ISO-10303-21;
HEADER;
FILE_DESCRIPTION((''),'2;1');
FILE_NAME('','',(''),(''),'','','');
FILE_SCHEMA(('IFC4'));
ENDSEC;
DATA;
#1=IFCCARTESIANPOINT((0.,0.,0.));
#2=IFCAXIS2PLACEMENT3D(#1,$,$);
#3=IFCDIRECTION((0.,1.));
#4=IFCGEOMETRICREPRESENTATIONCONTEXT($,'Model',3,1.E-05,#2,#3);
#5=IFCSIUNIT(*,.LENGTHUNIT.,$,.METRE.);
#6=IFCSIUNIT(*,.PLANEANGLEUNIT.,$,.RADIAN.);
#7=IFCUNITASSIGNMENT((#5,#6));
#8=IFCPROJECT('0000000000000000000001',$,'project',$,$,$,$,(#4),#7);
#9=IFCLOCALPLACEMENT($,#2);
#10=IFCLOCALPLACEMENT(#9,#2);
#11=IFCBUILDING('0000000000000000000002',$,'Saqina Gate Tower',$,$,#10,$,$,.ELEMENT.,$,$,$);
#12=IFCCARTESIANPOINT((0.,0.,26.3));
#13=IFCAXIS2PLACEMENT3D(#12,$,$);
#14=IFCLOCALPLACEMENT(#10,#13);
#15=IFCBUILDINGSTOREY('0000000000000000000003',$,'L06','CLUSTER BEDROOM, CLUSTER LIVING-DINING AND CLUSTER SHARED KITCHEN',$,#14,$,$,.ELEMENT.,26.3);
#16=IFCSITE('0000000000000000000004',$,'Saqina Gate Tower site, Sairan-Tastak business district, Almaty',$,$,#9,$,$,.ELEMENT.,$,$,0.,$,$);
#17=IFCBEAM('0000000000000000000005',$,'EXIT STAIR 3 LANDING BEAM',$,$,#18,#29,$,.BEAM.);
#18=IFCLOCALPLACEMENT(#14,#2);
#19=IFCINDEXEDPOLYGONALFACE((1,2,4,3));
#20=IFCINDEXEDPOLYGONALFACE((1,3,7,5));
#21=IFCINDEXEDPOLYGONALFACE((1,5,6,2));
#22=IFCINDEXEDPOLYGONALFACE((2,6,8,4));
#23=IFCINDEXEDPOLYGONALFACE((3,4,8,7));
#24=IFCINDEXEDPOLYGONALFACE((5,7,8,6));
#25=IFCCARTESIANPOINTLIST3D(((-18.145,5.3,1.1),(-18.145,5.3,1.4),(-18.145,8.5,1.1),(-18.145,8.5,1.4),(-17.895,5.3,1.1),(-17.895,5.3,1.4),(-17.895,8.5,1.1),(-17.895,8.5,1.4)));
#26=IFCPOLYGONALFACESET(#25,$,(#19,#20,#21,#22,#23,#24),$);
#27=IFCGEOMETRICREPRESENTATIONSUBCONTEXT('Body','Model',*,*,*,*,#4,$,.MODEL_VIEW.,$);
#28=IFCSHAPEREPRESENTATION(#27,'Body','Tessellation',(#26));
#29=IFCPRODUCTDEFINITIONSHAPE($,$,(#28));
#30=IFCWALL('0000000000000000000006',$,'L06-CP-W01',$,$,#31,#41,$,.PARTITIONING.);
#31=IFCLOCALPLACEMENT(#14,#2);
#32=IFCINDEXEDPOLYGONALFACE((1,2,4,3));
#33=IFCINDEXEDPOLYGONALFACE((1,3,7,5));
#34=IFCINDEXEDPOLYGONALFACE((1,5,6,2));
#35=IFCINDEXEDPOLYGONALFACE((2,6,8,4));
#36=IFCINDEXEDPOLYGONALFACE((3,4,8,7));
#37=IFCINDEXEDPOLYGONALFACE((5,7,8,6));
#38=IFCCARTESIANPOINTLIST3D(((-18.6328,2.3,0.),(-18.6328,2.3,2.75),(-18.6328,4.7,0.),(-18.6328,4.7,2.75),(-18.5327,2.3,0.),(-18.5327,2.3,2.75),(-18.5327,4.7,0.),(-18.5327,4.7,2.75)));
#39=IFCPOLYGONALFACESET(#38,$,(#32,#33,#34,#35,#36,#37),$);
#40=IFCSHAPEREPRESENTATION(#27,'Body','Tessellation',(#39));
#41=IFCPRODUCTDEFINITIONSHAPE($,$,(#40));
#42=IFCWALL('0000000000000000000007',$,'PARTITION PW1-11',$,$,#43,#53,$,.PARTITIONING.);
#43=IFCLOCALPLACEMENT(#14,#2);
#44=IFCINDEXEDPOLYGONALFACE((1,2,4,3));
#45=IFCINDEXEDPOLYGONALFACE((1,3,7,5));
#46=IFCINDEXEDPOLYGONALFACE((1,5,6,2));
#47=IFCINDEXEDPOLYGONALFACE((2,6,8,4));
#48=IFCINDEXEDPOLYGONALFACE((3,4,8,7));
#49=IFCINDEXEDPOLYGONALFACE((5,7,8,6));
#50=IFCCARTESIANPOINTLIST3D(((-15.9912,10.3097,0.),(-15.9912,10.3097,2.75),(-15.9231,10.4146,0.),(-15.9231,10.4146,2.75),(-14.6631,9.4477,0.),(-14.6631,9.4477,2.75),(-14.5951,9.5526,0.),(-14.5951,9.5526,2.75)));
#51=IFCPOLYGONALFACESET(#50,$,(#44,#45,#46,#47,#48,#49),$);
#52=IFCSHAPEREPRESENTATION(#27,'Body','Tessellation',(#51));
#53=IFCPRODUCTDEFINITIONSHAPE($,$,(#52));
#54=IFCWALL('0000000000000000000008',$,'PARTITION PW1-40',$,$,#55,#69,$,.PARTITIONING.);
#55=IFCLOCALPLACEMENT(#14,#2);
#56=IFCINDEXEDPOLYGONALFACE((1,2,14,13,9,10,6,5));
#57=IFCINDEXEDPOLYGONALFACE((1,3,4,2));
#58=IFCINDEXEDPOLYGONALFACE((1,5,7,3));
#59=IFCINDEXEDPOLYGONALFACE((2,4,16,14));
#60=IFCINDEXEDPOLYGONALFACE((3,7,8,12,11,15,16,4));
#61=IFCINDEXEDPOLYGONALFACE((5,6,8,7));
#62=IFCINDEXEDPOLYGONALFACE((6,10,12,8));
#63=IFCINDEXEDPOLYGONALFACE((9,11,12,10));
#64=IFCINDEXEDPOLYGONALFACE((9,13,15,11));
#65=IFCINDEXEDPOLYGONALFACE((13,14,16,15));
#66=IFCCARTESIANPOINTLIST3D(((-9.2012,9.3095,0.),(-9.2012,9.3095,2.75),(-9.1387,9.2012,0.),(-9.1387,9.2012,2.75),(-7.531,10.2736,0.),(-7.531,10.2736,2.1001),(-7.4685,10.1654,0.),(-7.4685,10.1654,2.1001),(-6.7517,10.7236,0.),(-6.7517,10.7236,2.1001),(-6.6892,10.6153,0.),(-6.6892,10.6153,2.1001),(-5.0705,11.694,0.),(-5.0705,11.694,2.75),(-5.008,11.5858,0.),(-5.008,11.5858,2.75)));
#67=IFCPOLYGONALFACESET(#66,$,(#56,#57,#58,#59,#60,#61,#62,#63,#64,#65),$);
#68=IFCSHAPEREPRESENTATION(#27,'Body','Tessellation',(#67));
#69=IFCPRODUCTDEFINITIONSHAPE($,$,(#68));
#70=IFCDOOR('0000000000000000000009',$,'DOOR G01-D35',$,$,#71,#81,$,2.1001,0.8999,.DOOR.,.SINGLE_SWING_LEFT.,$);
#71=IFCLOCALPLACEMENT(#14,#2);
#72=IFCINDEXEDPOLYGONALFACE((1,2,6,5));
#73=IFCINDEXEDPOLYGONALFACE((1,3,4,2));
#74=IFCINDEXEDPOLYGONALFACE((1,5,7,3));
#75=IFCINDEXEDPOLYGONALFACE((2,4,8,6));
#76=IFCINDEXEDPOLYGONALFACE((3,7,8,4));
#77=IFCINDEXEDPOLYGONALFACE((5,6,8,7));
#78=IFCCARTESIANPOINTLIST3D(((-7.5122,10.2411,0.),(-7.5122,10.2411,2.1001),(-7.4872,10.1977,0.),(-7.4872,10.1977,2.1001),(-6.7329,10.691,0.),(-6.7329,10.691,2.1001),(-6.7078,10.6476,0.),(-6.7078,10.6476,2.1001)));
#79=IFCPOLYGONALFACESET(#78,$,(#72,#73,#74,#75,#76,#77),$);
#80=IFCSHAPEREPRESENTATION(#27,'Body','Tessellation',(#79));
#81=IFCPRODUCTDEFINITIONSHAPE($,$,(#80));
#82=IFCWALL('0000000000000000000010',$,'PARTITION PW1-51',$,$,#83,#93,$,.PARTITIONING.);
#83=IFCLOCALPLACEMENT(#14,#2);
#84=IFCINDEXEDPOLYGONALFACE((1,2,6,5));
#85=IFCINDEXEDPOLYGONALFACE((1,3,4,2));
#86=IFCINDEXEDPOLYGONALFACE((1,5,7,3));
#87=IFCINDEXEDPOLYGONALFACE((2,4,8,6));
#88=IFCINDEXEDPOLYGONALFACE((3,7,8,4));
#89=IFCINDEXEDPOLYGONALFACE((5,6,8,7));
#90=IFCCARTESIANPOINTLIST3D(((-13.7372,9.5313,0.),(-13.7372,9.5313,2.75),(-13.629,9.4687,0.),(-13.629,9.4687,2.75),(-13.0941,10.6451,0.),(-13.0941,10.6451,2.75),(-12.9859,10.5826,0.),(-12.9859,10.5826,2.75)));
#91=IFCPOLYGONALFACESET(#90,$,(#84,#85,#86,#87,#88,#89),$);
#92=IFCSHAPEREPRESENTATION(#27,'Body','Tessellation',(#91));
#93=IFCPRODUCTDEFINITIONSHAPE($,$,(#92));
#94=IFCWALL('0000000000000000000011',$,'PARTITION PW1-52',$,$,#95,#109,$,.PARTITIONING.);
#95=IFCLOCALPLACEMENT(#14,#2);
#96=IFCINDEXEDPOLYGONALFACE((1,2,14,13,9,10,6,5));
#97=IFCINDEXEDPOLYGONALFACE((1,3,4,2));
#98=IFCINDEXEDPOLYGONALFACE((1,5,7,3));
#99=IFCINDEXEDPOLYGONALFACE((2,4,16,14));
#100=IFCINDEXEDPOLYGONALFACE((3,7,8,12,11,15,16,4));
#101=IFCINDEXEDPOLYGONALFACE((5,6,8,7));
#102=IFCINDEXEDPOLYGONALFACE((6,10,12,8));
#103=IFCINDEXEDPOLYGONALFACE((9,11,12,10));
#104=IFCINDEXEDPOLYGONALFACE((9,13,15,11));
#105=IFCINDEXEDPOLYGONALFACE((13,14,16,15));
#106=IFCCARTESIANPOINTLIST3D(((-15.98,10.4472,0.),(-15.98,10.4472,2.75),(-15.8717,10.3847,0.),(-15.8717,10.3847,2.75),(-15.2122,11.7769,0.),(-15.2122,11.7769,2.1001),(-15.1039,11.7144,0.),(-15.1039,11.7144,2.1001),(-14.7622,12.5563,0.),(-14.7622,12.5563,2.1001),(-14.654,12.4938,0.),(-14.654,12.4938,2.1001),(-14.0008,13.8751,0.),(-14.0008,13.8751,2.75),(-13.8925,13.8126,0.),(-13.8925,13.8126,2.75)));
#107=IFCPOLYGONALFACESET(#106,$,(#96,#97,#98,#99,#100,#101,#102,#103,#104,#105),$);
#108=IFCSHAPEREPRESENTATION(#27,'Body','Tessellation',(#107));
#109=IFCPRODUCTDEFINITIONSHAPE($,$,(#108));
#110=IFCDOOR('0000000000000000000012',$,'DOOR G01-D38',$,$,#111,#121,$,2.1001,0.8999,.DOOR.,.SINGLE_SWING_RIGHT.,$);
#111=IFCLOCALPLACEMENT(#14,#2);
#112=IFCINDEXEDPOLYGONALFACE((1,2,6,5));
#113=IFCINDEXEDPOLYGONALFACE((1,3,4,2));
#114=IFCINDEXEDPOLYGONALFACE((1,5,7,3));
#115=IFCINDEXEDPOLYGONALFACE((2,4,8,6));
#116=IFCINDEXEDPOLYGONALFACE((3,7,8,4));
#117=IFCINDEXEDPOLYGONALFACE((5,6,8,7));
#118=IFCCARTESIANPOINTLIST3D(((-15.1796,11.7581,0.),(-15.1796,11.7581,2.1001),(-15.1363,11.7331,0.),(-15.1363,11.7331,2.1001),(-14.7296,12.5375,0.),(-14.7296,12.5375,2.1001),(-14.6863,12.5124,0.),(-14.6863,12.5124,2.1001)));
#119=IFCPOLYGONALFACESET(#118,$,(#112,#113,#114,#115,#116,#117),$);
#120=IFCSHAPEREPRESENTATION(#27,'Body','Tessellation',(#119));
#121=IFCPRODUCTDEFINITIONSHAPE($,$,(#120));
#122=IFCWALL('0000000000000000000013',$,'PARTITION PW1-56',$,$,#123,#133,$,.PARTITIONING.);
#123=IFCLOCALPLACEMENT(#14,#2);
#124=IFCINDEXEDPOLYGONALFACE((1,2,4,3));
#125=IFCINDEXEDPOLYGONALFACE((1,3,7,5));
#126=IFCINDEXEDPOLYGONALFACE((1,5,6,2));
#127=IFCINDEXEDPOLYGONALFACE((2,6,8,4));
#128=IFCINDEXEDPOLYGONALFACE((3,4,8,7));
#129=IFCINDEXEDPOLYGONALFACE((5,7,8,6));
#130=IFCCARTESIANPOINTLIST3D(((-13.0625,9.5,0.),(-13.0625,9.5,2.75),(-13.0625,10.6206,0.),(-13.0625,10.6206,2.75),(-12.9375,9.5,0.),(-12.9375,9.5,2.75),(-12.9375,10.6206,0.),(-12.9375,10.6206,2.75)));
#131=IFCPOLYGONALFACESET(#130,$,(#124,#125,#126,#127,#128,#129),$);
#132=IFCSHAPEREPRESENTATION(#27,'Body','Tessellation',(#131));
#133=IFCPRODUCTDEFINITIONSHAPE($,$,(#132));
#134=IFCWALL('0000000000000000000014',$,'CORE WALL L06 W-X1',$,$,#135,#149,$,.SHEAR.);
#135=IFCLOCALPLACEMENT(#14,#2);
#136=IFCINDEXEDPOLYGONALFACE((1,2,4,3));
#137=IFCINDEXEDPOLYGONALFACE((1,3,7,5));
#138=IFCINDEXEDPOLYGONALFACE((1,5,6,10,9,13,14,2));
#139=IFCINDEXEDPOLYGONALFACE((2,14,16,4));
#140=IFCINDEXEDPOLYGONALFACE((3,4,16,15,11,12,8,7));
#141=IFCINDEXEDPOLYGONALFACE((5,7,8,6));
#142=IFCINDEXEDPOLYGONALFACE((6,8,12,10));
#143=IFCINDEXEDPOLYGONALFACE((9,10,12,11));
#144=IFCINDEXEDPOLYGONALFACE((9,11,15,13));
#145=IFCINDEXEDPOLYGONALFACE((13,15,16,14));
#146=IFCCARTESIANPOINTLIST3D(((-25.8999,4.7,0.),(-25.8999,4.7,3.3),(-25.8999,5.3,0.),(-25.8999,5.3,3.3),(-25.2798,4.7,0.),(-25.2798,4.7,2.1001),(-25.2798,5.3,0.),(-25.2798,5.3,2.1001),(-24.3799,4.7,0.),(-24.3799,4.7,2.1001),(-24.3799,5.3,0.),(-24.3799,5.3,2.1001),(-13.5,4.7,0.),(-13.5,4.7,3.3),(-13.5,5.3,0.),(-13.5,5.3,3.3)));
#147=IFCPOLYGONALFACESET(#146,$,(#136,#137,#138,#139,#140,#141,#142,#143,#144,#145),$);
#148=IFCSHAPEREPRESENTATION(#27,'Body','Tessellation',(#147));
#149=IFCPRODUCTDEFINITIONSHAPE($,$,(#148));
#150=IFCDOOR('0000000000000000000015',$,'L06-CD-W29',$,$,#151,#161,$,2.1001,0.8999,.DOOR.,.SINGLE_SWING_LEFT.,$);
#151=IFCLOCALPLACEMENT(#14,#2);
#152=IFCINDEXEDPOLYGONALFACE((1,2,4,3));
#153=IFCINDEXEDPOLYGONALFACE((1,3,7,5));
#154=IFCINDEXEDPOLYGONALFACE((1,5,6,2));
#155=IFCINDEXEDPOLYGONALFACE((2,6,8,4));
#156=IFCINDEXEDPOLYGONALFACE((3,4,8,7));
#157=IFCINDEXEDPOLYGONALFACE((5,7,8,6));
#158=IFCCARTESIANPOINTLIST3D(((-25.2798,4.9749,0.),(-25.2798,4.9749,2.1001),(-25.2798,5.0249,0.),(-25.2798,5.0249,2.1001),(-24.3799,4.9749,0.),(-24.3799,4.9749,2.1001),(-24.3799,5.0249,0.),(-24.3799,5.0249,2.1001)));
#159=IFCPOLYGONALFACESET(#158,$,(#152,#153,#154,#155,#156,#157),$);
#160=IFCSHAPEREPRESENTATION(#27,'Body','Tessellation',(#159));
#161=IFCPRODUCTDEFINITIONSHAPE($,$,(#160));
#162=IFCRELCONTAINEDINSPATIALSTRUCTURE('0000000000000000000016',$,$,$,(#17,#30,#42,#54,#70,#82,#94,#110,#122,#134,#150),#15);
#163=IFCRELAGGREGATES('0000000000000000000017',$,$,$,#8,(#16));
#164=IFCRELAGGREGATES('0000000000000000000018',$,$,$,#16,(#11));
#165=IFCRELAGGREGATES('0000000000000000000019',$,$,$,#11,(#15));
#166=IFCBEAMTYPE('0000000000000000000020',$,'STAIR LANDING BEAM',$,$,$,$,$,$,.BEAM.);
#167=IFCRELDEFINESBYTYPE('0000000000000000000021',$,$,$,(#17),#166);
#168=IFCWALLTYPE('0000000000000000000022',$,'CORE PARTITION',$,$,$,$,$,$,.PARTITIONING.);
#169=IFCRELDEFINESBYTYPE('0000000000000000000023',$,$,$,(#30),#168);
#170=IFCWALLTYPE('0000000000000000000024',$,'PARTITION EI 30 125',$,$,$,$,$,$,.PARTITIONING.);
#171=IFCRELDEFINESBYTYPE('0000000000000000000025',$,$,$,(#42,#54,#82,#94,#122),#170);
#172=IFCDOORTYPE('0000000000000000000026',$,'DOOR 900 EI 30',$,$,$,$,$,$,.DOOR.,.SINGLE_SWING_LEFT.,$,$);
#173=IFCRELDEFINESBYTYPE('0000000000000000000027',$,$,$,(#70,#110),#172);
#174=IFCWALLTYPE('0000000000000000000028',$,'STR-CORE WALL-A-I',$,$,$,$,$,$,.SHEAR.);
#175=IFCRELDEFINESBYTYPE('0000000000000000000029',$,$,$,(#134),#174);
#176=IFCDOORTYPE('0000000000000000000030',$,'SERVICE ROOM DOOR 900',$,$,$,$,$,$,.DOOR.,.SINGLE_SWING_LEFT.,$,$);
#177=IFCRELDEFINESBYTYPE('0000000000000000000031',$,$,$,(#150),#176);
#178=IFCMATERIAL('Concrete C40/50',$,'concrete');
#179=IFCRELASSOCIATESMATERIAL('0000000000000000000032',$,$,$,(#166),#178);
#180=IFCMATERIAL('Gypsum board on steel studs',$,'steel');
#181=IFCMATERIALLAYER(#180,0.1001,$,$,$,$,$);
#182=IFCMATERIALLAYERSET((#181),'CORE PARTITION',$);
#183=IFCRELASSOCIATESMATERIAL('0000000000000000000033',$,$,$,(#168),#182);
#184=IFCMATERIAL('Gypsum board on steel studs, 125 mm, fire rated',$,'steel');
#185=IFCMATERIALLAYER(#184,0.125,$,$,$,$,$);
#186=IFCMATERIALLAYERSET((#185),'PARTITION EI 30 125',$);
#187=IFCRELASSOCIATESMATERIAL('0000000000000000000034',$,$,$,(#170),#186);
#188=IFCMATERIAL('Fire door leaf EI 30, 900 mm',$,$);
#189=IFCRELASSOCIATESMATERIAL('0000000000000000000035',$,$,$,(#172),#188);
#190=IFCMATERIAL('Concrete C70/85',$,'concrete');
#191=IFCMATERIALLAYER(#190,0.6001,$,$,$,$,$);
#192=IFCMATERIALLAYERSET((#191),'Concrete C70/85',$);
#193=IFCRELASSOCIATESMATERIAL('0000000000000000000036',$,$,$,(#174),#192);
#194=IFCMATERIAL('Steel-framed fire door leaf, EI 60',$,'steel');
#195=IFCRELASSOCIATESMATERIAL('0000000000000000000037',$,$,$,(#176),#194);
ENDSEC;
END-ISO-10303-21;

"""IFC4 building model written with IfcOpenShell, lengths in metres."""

from ifc_helpers import new_model, si_unit, direction, frame, frame_2d, origin, origin_2d, place, context, subcontext, project, spatial, rectangle, extrude, material, layer, layer_set, material_profile, profile_set, type_object, element, fill, save


model = new_model("IFC4")

# Units and contexts
model_context = context("Model", 3, precision=1e-05, world=origin(), true_north=direction((0.0, 1.0)))
body_context = subcontext(model_context, "Body", "Model", "MODEL_VIEW")
ifc_project = project(units=[si_unit("LENGTHUNIT", "METRE"), si_unit("PLANEANGLEUNIT", "RADIAN")], contexts=[model_context])

# Site, building, storey
site_placement = place(None, origin())
site = spatial("IfcSite", under=ifc_project, at=site_placement, Name="Saqina Gate Tower site, Sairan-Tastak business district, Almaty", CompositionType="ELEMENT", RefElevation=0.0)
building_placement = place(site_placement, origin())
building = spatial("IfcBuilding", under=site, at=building_placement, Name="Saqina Gate Tower", CompositionType="ELEMENT")
storey_placement = place(building_placement, frame((0.0, 0.0, 26.3)))
storey = spatial("IfcBuildingStorey", under=building, at=storey_placement, Name="L06", Description="CLUSTER BEDROOM, CLUSTER LIVING-DINING AND CLUSTER SHARED KITCHEN", CompositionType="ELEMENT", Elevation=26.3)

# Beam
ifc_material_1 = material(Name="Concrete C40/50", Category="concrete")
ifc_material_profile = material_profile(ifc_material_1, rectangle(XDim=0.25, YDim=0.3, at=origin_2d()), Name="STAIR LANDING BEAM")
ifc_profile_set = profile_set([ifc_material_profile], Name="Concrete C40/50")
beam_type = type_object("IfcBeamType", Name="STAIR LANDING BEAM", PredefinedType="BEAM", material=ifc_profile_set)
beam_placement = place(storey_placement, frame((-18.02, 5.3, 1.25), z_axis=(0.0, 1.0, 0.0), x_axis=(-1.0, 0.0, 0.0)))
element("IfcBeam", 1, at=beam_placement, inside=storey, type_object=beam_type, Name="EXIT STAIR 3 LANDING BEAM", PredefinedType="BEAM", context=body_context, shape_type="SweptSolid", body=[
    extrude(rectangle(XDim=0.25, YDim=0.3, at=origin_2d()), origin(), (0.0, 0.0, 1.0), 3.2),
])

# Walls
ifc_material_2 = material(Name="Gypsum board on steel studs", Category="steel")
ifc_layer_1 = layer(ifc_material_2, 0.1001)
ifc_layer_set_1 = layer_set([ifc_layer_1], Name="CORE PARTITION")
wall_type_1 = type_object("IfcWallType", Name="CORE PARTITION", PredefinedType="PARTITIONING", material=ifc_layer_set_1)
wall_1_placement = place(storey_placement, frame((-18.5828, 2.3, 0.0), z_axis=(0.0, 0.0, 1.0), x_axis=(0.0, 1.0, 0.0)))
element("IfcWall", 2, at=wall_1_placement, inside=storey, type_object=wall_type_1, Name="L06-CP-W01", PredefinedType="PARTITIONING", context=body_context, shape_type="SweptSolid", body=[
    extrude(rectangle(XDim=2.3999, YDim=0.1001, at=frame_2d((1.2, 0.0))), origin(), (0.0, 0.0, 1.0), 2.75),
])
ifc_material_3 = material(Name="Gypsum board on steel studs, 125 mm, fire rated", Category="steel")
ifc_layer_2 = layer(ifc_material_3, 0.125)
ifc_layer_set_2 = layer_set([ifc_layer_2], Name="PARTITION EI 30 125")
wall_type_2 = type_object("IfcWallType", Name="PARTITION EI 30 125", PredefinedType="PARTITIONING", material=ifc_layer_set_2)
wall_2_placement = place(storey_placement, frame((-15.957, 10.3621, 0.0), z_axis=(0.0, 0.0, 1.0), x_axis=(0.838796, -0.544446, 0.0)))
element("IfcWall", 3, at=wall_2_placement, inside=storey, type_object=wall_type_2, Name="PARTITION PW1-11", PredefinedType="PARTITIONING", context=body_context, shape_type="SweptSolid", body=[
    extrude(rectangle(XDim=1.5833, YDim=0.125, at=frame_2d((0.7915, 0.0))), origin(), (0.0, 0.0, 1.0), 2.75),
])

# Wall, opening, door
wall_3_placement = place(storey_placement, frame((-9.1699, 9.2554, 0.0), z_axis=(0.0, 0.0, 1.0), x_axis=(0.866052, 0.499954, 0.0)))
wall_3 = element("IfcWall", 4, at=wall_3_placement, inside=storey, type_object=wall_type_2, Name="PARTITION PW1-40", PredefinedType="PARTITIONING", context=body_context, shape_type="SweptSolid", body=[
    extrude(rectangle(XDim=4.7695, YDim=0.125, at=frame_2d((2.3848, 0.0))), origin(), (0.0, 0.0, 1.0), 2.75),
])
opening_1_placement = place(wall_3_placement, frame((1.9285, 0.0, 0.0)))
opening_1 = element("IfcOpeningElement", 5, at=opening_1_placement, cuts=wall_3, PredefinedType="OPENING", context=body_context, shape_type="SweptSolid", body=[
    extrude(rectangle(XDim=0.8999, YDim=2.1001, at=frame_2d((0.45, 1.05))), frame((0.0, 0.0745, 0.0), z_axis=(0.0, -1.0, 0.0), x_axis=(1.0, 0.0, 0.0)), (0.0, 0.0, 1.0), 0.1489),
])
ifc_material_4 = material(Name="Fire door leaf EI 30, 900 mm")
door_type_1 = type_object("IfcDoorType", Name="DOOR 900 EI 30", OperationType="SINGLE_SWING_LEFT", PredefinedType="DOOR", material=ifc_material_4)
door_1_placement = place(opening_1_placement, origin())
door_1 = element("IfcDoor", 6, at=door_1_placement, inside=storey, type_object=door_type_1, Name="DOOR G01-D35", OperationType="SINGLE_SWING_LEFT", OverallHeight=2.1001, OverallWidth=0.8999, PredefinedType="DOOR", context=body_context, shape_type="SweptSolid", body=[
    extrude(rectangle(XDim=0.8999, YDim=2.1001, at=frame_2d((0.45, 1.05))), frame((0.0, 0.0249, 0.0), z_axis=(0.0, -1.0, 0.0), x_axis=(1.0, 0.0, 0.0)), (0.0, 0.0, 1.0), 0.05),
])
fill(opening_1, door_1)

# Wall
wall_4_placement = place(storey_placement, frame((-13.6831, 9.5, 0.0), z_axis=(0.0, 0.0, 1.0), x_axis=(0.500018, 0.866015, 0.0)))
element("IfcWall", 7, at=wall_4_placement, inside=storey, type_object=wall_type_2, Name="PARTITION PW1-51", PredefinedType="PARTITIONING", context=body_context, shape_type="SweptSolid", body=[
    extrude(rectangle(XDim=1.2861, YDim=0.125, at=frame_2d((0.6431, 0.0))), origin(), (0.0, 0.0, 1.0), 2.75),
])

# Wall, opening, door
wall_5_placement = place(storey_placement, frame((-15.9258, 10.416, 0.0), z_axis=(0.0, 0.0, 1.0), x_axis=(0.50002, 0.866014, 0.0)))
wall_5 = element("IfcWall", 8, at=wall_5_placement, inside=storey, type_object=wall_type_2, Name="PARTITION PW1-52", PredefinedType="PARTITIONING", context=body_context, shape_type="SweptSolid", body=[
    extrude(rectangle(XDim=3.9583, YDim=0.125, at=frame_2d((1.979, 0.0))), origin(), (0.0, 0.0, 1.0), 2.75),
])
opening_2_placement = place(wall_5_placement, frame((1.5354, 0.0, 0.0)))
opening_2 = element("IfcOpeningElement", 9, at=opening_2_placement, cuts=wall_5, PredefinedType="OPENING", context=body_context, shape_type="SweptSolid", body=[
    extrude(rectangle(XDim=0.8999, YDim=2.1001, at=frame_2d((0.45, 1.05))), frame((0.0, 0.0745, 0.0), z_axis=(0.0, -1.0, 0.0), x_axis=(1.0, 0.0, 0.0)), (0.0, 0.0, 1.0), 0.1489),
])
door_2_placement = place(opening_2_placement, origin())
door_2 = element("IfcDoor", 10, at=door_2_placement, inside=storey, type_object=door_type_1, Name="DOOR G01-D38", OperationType="SINGLE_SWING_RIGHT", OverallHeight=2.1001, OverallWidth=0.8999, PredefinedType="DOOR", context=body_context, shape_type="SweptSolid", body=[
    extrude(rectangle(XDim=0.8999, YDim=2.1001, at=frame_2d((0.45, 1.05))), frame((0.0, 0.0249, 0.0), z_axis=(0.0, -1.0, 0.0), x_axis=(1.0, 0.0, 0.0)), (0.0, 0.0, 1.0), 0.05),
])
fill(opening_2, door_2)

# Wall
wall_6_placement = place(storey_placement, frame((-13.0, 9.5, 0.0), z_axis=(0.0, 0.0, 1.0), x_axis=(0.0, 1.0, 0.0)))
element("IfcWall", 11, at=wall_6_placement, inside=storey, type_object=wall_type_2, Name="PARTITION PW1-56", PredefinedType="PARTITIONING", context=body_context, shape_type="SweptSolid", body=[
    extrude(rectangle(XDim=1.1206, YDim=0.125, at=frame_2d((0.5603, 0.0))), origin(), (0.0, 0.0, 1.0), 2.75),
])

# Wall, opening, door
ifc_material_5 = material(Name="Concrete C70/85", Category="concrete")
ifc_layer_3 = layer(ifc_material_5, 0.6001)
ifc_layer_set_3 = layer_set([ifc_layer_3], Name="Concrete C70/85")
wall_type_3 = type_object("IfcWallType", Name="STR-CORE WALL-A-I", PredefinedType="SHEAR", material=ifc_layer_set_3)
wall_7_placement = place(storey_placement, frame((-13.5, 5.0, 0.0), z_axis=(0.0, 0.0, 1.0), x_axis=(-1.0, 0.0, 0.0)))
wall_7 = element("IfcWall", 12, at=wall_7_placement, inside=storey, type_object=wall_type_3, Name="CORE WALL L06 W-X1", PredefinedType="SHEAR", context=body_context, shape_type="SweptSolid", body=[
    extrude(rectangle(XDim=12.3999, YDim=0.6001, at=frame_2d((6.2, 0.0))), origin(), (0.0, 0.0, 1.0), 3.3),
])
opening_3_placement = place(wall_7_placement, frame((10.8799, 0.0, 0.0)))
opening_3 = element("IfcOpeningElement", 13, at=opening_3_placement, cuts=wall_7, PredefinedType="OPENING", context=body_context, shape_type="SweptSolid", body=[
    extrude(rectangle(XDim=0.8999, YDim=2.1001, at=frame_2d((0.45, 1.05))), frame((0.0, 0.312, 0.0), z_axis=(0.0, -1.0, 0.0), x_axis=(1.0, 0.0, 0.0)), (0.0, 0.0, 1.0), 0.624),
])
ifc_material_6 = material(Name="Steel-framed fire door leaf, EI 60", Category="steel")
door_type_2 = type_object("IfcDoorType", Name="SERVICE ROOM DOOR 900", OperationType="SINGLE_SWING_LEFT", PredefinedType="DOOR", material=ifc_material_6)
door_3_placement = place(opening_3_placement, frame((0.8999, 0.0, 0.0), z_axis=(0.0, 0.0, 1.0), x_axis=(-1.0, 0.0, 0.0)))
door_3 = element("IfcDoor", 14, at=door_3_placement, inside=storey, type_object=door_type_2, Name="L06-CD-W29", OperationType="SINGLE_SWING_LEFT", OverallHeight=2.1001, OverallWidth=0.8999, PredefinedType="DOOR", context=body_context, shape_type="SweptSolid", body=[
    extrude(rectangle(XDim=0.8999, YDim=2.1001, at=frame_2d((0.45, 1.05))), frame((0.0, 0.0249, 0.0), z_axis=(0.0, -1.0, 0.0), x_axis=(1.0, 0.0, 0.0)), (0.0, 0.0, 1.0), 0.05),
])
fill(opening_3, door_3)

save(model, "model.ifc")
